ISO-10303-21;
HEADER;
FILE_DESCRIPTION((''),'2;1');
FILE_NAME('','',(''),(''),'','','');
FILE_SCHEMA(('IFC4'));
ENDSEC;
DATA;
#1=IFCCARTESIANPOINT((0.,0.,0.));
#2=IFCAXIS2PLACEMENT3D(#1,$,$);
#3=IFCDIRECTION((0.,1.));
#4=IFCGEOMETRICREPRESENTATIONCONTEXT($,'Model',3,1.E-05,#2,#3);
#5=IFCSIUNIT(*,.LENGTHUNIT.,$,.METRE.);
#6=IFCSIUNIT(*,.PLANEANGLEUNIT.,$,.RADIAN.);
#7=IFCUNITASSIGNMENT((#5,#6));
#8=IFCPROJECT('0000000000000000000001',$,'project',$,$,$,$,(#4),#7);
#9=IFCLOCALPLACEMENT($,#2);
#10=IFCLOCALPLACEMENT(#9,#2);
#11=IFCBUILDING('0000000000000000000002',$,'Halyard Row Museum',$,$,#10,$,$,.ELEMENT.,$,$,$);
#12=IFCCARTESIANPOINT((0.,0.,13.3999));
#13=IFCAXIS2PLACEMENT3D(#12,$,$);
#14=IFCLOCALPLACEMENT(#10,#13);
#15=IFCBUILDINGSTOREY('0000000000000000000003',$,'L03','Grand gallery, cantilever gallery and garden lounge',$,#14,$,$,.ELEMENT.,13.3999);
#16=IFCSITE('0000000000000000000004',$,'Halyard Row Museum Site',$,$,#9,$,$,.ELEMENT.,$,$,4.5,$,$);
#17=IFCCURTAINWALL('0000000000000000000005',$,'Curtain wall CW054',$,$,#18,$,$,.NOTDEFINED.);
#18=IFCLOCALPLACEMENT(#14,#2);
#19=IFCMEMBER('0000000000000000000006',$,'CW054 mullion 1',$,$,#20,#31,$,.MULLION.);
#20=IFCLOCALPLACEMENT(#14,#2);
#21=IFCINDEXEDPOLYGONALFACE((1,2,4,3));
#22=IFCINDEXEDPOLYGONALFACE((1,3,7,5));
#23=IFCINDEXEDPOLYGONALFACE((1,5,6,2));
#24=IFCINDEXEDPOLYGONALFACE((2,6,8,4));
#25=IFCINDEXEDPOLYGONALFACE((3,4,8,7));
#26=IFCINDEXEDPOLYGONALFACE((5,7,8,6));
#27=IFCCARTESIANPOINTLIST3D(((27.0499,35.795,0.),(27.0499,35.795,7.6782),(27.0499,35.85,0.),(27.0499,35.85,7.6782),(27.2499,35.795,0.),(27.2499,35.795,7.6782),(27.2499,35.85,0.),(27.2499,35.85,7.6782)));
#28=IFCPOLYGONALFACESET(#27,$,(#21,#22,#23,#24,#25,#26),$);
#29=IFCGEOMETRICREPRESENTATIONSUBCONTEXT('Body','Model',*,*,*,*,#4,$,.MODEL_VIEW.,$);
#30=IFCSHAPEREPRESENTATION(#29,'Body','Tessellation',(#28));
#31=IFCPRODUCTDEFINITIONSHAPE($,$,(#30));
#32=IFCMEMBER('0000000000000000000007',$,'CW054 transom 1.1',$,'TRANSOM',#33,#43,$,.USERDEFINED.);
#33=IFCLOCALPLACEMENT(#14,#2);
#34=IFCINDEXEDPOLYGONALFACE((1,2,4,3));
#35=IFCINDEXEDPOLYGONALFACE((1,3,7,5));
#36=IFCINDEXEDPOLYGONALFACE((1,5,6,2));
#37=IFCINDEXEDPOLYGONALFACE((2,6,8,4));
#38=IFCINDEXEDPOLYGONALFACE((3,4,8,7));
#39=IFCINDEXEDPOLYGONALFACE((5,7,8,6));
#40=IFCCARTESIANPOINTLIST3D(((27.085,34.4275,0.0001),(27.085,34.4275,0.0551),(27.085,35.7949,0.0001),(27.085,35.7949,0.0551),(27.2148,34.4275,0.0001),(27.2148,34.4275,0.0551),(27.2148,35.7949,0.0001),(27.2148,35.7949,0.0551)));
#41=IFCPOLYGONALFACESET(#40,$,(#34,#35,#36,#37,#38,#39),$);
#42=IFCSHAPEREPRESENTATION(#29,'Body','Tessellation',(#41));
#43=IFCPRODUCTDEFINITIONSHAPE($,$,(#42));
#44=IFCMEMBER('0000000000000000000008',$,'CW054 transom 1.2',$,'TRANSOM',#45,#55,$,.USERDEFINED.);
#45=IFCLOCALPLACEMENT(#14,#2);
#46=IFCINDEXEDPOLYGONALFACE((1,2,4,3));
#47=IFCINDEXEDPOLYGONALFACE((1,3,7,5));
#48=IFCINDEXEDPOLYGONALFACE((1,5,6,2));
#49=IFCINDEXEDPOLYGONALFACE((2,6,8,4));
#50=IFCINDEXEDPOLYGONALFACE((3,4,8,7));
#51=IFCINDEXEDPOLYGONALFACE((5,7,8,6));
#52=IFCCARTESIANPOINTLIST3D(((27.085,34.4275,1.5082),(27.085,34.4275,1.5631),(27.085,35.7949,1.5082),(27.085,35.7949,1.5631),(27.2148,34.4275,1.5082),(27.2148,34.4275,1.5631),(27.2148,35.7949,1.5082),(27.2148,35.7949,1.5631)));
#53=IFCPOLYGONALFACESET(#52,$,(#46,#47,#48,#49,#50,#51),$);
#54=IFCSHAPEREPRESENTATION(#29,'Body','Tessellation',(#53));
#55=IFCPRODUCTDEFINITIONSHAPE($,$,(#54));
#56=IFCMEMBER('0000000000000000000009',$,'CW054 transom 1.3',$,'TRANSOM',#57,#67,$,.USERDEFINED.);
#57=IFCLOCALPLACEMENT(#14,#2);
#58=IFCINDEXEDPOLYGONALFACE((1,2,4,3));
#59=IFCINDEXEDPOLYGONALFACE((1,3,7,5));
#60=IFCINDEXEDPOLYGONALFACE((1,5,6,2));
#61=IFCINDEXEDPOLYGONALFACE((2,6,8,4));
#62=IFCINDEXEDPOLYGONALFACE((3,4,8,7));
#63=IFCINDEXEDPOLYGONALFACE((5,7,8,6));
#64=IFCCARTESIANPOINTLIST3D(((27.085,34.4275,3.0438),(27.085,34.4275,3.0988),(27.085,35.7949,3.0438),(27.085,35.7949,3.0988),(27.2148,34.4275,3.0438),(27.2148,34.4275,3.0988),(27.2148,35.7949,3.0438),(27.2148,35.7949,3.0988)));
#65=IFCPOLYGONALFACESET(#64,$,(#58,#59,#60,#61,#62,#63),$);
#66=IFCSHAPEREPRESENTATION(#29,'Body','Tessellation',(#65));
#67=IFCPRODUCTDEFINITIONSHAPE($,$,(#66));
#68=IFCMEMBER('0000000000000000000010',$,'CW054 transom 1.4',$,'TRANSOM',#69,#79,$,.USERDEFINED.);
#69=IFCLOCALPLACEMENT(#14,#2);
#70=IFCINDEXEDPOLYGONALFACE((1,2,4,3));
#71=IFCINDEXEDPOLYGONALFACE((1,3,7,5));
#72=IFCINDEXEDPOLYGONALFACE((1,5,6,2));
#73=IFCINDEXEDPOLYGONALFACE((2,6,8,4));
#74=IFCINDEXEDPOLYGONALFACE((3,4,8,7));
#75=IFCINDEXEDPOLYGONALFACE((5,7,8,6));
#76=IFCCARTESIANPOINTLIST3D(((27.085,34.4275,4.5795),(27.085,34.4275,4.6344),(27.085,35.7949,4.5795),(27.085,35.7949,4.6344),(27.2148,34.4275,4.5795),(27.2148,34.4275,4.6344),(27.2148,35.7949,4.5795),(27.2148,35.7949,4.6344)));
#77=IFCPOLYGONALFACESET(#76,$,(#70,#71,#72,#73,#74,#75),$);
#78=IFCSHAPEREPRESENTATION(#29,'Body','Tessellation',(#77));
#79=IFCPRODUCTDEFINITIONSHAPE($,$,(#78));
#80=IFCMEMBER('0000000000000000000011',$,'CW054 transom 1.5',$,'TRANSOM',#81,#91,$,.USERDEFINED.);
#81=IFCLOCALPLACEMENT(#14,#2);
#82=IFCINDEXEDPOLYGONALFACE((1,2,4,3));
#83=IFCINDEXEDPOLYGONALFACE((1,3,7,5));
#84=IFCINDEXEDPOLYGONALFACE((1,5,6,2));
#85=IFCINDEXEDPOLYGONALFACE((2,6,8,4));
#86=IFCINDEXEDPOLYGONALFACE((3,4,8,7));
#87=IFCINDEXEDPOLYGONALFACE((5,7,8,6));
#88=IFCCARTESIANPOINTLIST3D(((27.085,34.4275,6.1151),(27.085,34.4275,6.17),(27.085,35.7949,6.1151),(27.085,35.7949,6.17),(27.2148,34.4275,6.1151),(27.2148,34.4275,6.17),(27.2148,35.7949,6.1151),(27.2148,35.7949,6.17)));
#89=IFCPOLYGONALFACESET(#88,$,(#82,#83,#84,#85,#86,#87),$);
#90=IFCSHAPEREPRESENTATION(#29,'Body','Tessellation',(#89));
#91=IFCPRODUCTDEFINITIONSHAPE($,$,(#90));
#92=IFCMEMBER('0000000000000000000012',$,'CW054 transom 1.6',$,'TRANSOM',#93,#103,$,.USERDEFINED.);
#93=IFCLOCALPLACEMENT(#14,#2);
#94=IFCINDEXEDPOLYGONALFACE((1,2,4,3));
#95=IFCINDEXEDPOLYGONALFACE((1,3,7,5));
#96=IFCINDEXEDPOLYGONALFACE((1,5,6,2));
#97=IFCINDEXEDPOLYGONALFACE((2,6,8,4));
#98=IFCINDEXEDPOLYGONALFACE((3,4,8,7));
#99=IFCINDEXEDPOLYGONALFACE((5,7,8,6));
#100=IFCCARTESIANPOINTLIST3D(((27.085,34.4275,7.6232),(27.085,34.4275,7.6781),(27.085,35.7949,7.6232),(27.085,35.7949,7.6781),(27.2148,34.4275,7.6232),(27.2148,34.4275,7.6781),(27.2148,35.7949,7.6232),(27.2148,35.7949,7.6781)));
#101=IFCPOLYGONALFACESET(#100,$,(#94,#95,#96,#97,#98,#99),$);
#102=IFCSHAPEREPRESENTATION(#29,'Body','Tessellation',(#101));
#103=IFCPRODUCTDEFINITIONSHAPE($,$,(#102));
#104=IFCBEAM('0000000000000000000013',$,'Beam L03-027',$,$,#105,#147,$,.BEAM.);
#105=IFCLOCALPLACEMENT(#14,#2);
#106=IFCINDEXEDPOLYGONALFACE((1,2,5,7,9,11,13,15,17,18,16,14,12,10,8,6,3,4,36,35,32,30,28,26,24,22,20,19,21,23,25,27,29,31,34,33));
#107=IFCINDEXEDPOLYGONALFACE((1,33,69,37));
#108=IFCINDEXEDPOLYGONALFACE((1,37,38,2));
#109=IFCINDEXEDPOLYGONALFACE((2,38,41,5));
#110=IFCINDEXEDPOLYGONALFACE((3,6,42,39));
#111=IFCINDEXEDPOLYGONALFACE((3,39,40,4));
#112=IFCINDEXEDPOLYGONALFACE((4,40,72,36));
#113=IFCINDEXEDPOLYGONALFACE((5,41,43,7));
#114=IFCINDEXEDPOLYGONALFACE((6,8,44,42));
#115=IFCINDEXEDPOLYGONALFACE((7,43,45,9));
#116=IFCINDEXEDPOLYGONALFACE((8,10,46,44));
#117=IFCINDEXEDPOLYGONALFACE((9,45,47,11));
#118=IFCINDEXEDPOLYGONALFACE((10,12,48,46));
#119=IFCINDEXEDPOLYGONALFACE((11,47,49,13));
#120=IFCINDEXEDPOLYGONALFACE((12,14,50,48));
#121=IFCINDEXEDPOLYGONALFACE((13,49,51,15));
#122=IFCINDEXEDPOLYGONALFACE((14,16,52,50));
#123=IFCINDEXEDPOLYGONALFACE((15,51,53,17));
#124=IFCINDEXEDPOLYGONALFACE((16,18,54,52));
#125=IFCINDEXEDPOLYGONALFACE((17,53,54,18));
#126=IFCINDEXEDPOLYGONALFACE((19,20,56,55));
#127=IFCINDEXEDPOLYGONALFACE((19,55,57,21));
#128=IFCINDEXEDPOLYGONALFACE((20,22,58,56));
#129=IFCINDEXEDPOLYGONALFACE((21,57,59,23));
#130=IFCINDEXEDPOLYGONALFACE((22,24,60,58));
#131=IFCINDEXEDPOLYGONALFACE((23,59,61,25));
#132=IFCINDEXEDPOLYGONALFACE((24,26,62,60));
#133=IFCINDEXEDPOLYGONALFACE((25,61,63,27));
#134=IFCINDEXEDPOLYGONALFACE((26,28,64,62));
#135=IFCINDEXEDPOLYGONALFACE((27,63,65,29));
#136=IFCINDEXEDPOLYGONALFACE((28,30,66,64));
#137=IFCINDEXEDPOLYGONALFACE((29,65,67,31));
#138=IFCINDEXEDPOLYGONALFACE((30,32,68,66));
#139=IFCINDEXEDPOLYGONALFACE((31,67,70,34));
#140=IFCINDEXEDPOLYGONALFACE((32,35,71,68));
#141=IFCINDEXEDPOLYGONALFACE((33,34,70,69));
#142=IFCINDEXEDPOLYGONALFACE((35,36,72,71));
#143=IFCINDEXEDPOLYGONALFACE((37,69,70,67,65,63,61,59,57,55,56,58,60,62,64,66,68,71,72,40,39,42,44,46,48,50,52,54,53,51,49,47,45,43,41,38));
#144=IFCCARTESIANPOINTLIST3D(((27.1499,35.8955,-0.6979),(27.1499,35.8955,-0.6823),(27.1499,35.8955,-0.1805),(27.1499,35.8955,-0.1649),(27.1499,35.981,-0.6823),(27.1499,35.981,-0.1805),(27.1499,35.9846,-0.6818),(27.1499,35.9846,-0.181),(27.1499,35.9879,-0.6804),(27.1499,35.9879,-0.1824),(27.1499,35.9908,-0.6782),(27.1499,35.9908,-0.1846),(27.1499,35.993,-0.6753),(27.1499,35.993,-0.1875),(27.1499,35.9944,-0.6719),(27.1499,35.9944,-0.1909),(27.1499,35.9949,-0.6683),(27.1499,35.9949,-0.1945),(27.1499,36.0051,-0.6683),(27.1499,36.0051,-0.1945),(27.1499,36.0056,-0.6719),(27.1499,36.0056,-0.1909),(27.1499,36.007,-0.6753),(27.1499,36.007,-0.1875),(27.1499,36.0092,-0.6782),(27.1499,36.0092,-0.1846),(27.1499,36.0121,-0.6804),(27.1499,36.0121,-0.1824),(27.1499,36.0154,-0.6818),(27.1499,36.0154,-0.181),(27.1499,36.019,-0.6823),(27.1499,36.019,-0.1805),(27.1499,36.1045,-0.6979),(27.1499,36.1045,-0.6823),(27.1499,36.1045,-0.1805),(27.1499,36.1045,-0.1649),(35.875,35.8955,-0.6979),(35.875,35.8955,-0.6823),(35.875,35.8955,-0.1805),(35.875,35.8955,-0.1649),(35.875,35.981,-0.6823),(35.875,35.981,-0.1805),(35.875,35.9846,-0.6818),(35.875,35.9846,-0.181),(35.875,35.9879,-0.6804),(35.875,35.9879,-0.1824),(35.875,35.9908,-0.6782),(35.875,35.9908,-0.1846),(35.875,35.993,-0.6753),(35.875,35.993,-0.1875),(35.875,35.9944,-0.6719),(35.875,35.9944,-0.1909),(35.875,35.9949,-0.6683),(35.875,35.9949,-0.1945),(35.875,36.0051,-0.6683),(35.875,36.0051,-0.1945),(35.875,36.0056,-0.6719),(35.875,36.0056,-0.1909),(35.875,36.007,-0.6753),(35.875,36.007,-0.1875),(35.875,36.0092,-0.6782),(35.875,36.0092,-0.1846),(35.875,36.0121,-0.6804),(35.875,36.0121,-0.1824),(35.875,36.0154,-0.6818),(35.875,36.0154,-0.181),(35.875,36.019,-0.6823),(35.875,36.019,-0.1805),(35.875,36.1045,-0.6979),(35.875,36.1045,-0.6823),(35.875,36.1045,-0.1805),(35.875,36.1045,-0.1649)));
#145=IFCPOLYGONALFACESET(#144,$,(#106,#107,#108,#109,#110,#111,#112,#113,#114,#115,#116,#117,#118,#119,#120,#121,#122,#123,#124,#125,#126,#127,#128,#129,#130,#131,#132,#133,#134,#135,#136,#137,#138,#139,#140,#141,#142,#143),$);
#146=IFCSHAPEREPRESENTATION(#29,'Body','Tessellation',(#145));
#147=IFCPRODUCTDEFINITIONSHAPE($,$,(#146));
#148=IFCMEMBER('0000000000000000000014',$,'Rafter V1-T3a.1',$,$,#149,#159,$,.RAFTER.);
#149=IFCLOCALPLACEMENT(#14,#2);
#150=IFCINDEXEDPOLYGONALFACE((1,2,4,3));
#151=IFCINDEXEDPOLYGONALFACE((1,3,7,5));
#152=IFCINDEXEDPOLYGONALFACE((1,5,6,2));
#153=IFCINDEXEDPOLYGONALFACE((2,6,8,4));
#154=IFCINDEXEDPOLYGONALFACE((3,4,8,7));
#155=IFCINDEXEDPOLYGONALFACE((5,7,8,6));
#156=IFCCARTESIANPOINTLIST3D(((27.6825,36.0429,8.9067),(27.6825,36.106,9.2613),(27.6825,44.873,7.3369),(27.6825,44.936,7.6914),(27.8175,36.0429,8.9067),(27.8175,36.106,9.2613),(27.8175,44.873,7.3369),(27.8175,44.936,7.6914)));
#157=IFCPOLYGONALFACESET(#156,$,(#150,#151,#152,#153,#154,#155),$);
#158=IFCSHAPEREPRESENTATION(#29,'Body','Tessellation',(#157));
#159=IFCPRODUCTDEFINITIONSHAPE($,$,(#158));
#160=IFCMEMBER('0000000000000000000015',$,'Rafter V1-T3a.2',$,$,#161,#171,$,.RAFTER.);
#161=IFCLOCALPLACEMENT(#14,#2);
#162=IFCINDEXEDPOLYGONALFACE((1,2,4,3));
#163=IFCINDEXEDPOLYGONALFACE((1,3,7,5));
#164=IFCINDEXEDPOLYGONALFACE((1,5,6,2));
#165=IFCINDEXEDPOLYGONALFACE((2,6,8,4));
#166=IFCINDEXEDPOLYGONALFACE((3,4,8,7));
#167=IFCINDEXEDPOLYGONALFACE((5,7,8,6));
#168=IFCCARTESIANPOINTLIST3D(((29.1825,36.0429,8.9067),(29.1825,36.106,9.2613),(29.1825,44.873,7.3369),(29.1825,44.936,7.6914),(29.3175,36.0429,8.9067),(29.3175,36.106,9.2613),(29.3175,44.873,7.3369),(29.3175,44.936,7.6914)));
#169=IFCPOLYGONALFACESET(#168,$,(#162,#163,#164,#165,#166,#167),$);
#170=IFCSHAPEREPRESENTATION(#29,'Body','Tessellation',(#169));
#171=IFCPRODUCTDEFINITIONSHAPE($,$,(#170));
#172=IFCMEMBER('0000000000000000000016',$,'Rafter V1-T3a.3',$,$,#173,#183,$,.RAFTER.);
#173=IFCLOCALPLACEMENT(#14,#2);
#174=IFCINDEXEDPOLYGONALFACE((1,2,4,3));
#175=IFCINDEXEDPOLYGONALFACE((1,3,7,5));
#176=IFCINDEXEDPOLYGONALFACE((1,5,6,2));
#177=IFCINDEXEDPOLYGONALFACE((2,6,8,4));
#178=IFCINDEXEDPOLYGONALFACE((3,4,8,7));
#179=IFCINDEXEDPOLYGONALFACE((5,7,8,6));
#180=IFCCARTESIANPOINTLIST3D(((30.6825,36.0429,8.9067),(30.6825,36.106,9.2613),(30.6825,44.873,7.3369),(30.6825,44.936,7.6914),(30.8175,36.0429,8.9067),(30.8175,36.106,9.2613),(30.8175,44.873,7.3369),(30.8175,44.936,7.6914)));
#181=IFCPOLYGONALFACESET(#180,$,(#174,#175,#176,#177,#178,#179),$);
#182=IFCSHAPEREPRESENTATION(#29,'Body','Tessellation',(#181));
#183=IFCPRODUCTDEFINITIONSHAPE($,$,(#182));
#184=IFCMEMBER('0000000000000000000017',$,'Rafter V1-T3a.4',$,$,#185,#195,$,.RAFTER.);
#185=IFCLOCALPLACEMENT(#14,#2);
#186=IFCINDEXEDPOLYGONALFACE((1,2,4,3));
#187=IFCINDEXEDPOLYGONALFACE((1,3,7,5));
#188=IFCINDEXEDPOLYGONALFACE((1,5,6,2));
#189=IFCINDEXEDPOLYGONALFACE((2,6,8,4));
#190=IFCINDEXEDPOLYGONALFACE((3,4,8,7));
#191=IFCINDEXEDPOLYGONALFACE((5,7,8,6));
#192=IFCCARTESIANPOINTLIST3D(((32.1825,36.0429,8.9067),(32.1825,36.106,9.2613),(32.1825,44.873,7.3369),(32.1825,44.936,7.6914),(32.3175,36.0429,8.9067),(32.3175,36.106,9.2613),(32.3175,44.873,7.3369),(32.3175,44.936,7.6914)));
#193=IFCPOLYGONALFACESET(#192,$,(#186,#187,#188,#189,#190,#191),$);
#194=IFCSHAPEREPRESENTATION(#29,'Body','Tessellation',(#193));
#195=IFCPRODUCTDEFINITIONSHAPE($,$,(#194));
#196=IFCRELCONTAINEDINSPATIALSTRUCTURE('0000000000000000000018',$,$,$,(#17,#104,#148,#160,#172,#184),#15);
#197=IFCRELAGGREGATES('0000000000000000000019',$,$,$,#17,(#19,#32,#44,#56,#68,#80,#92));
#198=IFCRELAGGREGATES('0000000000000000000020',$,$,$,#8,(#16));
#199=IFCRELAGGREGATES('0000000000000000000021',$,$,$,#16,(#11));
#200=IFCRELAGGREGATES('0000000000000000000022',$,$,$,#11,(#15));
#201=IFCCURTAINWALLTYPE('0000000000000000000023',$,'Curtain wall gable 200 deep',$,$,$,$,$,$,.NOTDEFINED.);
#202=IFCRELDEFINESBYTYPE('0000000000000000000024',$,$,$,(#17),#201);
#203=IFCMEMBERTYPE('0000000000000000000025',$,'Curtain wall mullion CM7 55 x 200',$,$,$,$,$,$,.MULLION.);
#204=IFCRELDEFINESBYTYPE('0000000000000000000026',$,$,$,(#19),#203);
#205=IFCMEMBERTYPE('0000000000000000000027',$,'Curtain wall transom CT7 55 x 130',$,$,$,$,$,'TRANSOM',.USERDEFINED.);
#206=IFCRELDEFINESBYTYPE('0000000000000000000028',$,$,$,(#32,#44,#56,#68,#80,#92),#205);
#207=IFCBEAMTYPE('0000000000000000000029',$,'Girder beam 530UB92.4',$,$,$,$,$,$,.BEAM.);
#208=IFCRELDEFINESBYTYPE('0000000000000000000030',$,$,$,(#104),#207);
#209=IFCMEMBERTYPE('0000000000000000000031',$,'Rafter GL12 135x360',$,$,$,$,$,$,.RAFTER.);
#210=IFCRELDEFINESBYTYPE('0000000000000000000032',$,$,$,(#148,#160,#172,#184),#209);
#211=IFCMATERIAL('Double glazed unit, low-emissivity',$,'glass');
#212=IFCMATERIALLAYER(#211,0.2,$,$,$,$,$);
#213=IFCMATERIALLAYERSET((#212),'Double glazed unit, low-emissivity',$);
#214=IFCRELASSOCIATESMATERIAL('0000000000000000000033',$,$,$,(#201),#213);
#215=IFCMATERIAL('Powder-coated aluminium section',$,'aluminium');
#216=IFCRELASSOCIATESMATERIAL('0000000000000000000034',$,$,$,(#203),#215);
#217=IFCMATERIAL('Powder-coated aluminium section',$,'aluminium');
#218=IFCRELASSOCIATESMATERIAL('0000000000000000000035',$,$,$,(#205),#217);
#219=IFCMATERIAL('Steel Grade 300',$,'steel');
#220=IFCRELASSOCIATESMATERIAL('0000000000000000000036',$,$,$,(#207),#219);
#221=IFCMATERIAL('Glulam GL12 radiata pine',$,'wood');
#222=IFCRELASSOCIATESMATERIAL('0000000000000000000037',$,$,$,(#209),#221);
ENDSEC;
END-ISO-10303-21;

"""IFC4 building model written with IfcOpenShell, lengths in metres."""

from ifc_helpers import new_model, si_unit, direction, frame, origin, origin_2d, place, context, subcontext, project, spatial, rectangle, i_section, extrude, material, layer, layer_set, material_profile, profile_set, type_object, element, aggregate, save


model = new_model("IFC4")

# Units and contexts
model_context = context("Model", 3, precision=1e-05, world=origin(), true_north=direction((0.0, 1.0)))
body_context = subcontext(model_context, "Body", "Model", "MODEL_VIEW")
ifc_project = project(units=[si_unit("LENGTHUNIT", "METRE"), si_unit("PLANEANGLEUNIT", "RADIAN")], contexts=[model_context])

# Site, building, storey
site_placement = place(None, origin())
site = spatial("IfcSite", under=ifc_project, at=site_placement, Name="Halyard Row Museum Site", CompositionType="ELEMENT", RefElevation=4.5)
building_placement = place(site_placement, origin())
building = spatial("IfcBuilding", under=site, at=building_placement, Name="Halyard Row Museum", CompositionType="ELEMENT")
storey_placement = place(building_placement, frame((0.0, 0.0, 13.3999)))
storey = spatial("IfcBuildingStorey", under=building, at=storey_placement, Name="L03", Description="Grand gallery, cantilever gallery and garden lounge", CompositionType="ELEMENT", Elevation=13.3999)

# Curtain wall, members
ifc_material_1 = material(Name="Double glazed unit, low-emissivity", Category="glass")
ifc_layer_1 = layer(ifc_material_1, 0.2)
ifc_layer_set_1 = layer_set([ifc_layer_1], Name="Double glazed unit, low-emissivity")
curtain_wall_type = type_object("IfcCurtainWallType", Name="Curtain wall gable 200 deep", PredefinedType="NOTDEFINED", material=ifc_layer_set_1)
curtain_wall_placement = place(storey_placement, origin())
curtain_wall = element("IfcCurtainWall", 1, at=curtain_wall_placement, inside=storey, type_object=curtain_wall_type, Name="Curtain wall CW054", PredefinedType="NOTDEFINED")
ifc_material_2 = material(Name="Powder-coated aluminium section", Category="aluminium")
ifc_material_profile_1 = material_profile(ifc_material_2, rectangle(XDim=0.2, YDim=0.0549, at=origin_2d()), Name="200x55 mullion")
ifc_profile_set_1 = profile_set([ifc_material_profile_1], Name="Powder-coated aluminium section")
member_type_1 = type_object("IfcMemberType", Name="Curtain wall mullion CM7 55 x 200", PredefinedType="MULLION", material=ifc_profile_set_1)
member_1_placement = place(storey_placement, frame((27.1499, 35.8225, 0.0), z_axis=(0.0, 0.0, 1.0), x_axis=(1.0, 0.0, 0.0)))
member_1 = element("IfcMember", 2, at=member_1_placement, type_object=member_type_1, Name="CW054 mullion 1", PredefinedType="MULLION", context=body_context, shape_type="SweptSolid", body=[
    extrude(rectangle(XDim=0.2, YDim=0.0549, at=origin_2d()), origin(), (0.0, 0.0, 1.0), 7.6782),
])
ifc_material_3 = material(Name="Powder-coated aluminium section", Category="aluminium")
ifc_material_profile_2 = material_profile(ifc_material_3, rectangle(XDim=0.1299, YDim=0.0549, at=origin_2d()), Name="130x55 transom")
ifc_profile_set_2 = profile_set([ifc_material_profile_2], Name="Powder-coated aluminium section")
member_type_2 = type_object("IfcMemberType", Name="Curtain wall transom CT7 55 x 130", ElementType="TRANSOM", PredefinedType="USERDEFINED", material=ifc_profile_set_2)
member_2_placement = place(storey_placement, frame((27.1499, 35.7949, 0.0276), z_axis=(0.0, -1.0, 0.0), x_axis=(1.0, 0.0, 0.0)))
member_2 = element("IfcMember", 3, at=member_2_placement, type_object=member_type_2, Name="CW054 transom 1.1", ObjectType="TRANSOM", PredefinedType="USERDEFINED", context=body_context, shape_type="SweptSolid", body=[
    extrude(rectangle(XDim=0.1299, YDim=0.0549, at=origin_2d()), origin(), (0.0, 0.0, 1.0), 1.3674),
])
member_3_placement = place(storey_placement, frame((27.1499, 35.7949, 1.5356), z_axis=(0.0, -1.0, 0.0), x_axis=(1.0, 0.0, 0.0)))
member_3 = element("IfcMember", 4, at=member_3_placement, type_object=member_type_2, Name="CW054 transom 1.2", ObjectType="TRANSOM", PredefinedType="USERDEFINED", context=body_context, shape_type="SweptSolid", body=[
    extrude(rectangle(XDim=0.1299, YDim=0.0549, at=origin_2d()), origin(), (0.0, 0.0, 1.0), 1.3674),
])
member_4_placement = place(storey_placement, frame((27.1499, 35.7949, 3.0713), z_axis=(0.0, -1.0, 0.0), x_axis=(1.0, 0.0, 0.0)))
member_4 = element("IfcMember", 5, at=member_4_placement, type_object=member_type_2, Name="CW054 transom 1.3", ObjectType="TRANSOM", PredefinedType="USERDEFINED", context=body_context, shape_type="SweptSolid", body=[
    extrude(rectangle(XDim=0.1299, YDim=0.0549, at=origin_2d()), origin(), (0.0, 0.0, 1.0), 1.3674),
])
member_5_placement = place(storey_placement, frame((27.1499, 35.7949, 4.6069), z_axis=(0.0, -1.0, 0.0), x_axis=(1.0, 0.0, 0.0)))
member_5 = element("IfcMember", 6, at=member_5_placement, type_object=member_type_2, Name="CW054 transom 1.4", ObjectType="TRANSOM", PredefinedType="USERDEFINED", context=body_context, shape_type="SweptSolid", body=[
    extrude(rectangle(XDim=0.1299, YDim=0.0549, at=origin_2d()), origin(), (0.0, 0.0, 1.0), 1.3674),
])
member_6_placement = place(storey_placement, frame((27.1499, 35.7949, 6.1426), z_axis=(0.0, -1.0, 0.0), x_axis=(1.0, 0.0, 0.0)))
member_6 = element("IfcMember", 7, at=member_6_placement, type_object=member_type_2, Name="CW054 transom 1.5", ObjectType="TRANSOM", PredefinedType="USERDEFINED", context=body_context, shape_type="SweptSolid", body=[
    extrude(rectangle(XDim=0.1299, YDim=0.0549, at=origin_2d()), origin(), (0.0, 0.0, 1.0), 1.3674),
])
member_7_placement = place(storey_placement, frame((27.1499, 35.7949, 7.6506), z_axis=(0.0, -1.0, 0.0), x_axis=(1.0, 0.0, 0.0)))
member_7 = element("IfcMember", 8, at=member_7_placement, type_object=member_type_2, Name="CW054 transom 1.6", ObjectType="TRANSOM", PredefinedType="USERDEFINED", context=body_context, shape_type="SweptSolid", body=[
    extrude(rectangle(XDim=0.1299, YDim=0.0549, at=origin_2d()), origin(), (0.0, 0.0, 1.0), 1.3674),
])

# Beam
ifc_material_4 = material(Name="Steel Grade 300", Category="steel")
ifc_material_profile_3 = material_profile(ifc_material_4, i_section(OverallWidth=0.209, OverallDepth=0.533, WebThickness=0.0103, FlangeThickness=0.0156, FilletRadius=0.0139, at=origin_2d()), Name="530UB92.4")
ifc_profile_set_3 = profile_set([ifc_material_profile_3], Name="Steel Grade 300")
beam_type_1 = type_object("IfcBeamType", Name="Girder beam 530UB92.4", PredefinedType="BEAM", material=ifc_profile_set_3)
beam_placement = place(storey_placement, frame((27.1499, 36.0, -0.4314), z_axis=(1.0, 0.0, 0.0), x_axis=(0.0, 1.0, 0.0)))
element("IfcBeam", 9, at=beam_placement, inside=storey, type_object=beam_type_1, Name="Beam L03-027", PredefinedType="BEAM", context=body_context, shape_type="SweptSolid", body=[
    extrude(i_section(OverallWidth=0.209, OverallDepth=0.533, WebThickness=0.0103, FlangeThickness=0.0156, FilletRadius=0.0139, at=origin_2d()), origin(), (0.0, 0.0, 1.0), 8.7251),
])

# Members
ifc_material_5 = material(Name="Glulam GL12 radiata pine", Category="wood")
ifc_material_profile_4 = material_profile(ifc_material_5, rectangle(XDim=0.135, YDim=0.3601, at=origin_2d()), Name="GL12 135x360")
ifc_profile_set_4 = profile_set([ifc_material_profile_4], Name="Glulam GL12 radiata pine")
member_type_3 = type_object("IfcMemberType", Name="Rafter GL12 135x360", PredefinedType="RAFTER", material=ifc_profile_set_4)
for number, where, z_axis, x_axis, name in (
    (10, (27.75, 36.0745, 9.084), (0.0, 0.984562, -0.175037), (-1.0, 0.0, 0.0), "Rafter V1-T3a.1"),
    (11, (29.25, 36.0745, 9.084), (0.0, 0.984562, -0.175037), (-1.0, 0.0, 0.0), "Rafter V1-T3a.2"),
    (12, (30.75, 36.0745, 9.084), (0.0, 0.984562, -0.175037), (-1.0, 0.0, 0.0), "Rafter V1-T3a.3"),
    (13, (32.25, 36.0745, 9.084), (0.0, 0.984562, -0.175037), (-1.0, 0.0, 0.0), "Rafter V1-T3a.4"),
):
    element("IfcMember", number, at=place(storey_placement, frame(where, z_axis=z_axis, x_axis=x_axis)), inside=storey, type_object=member_type_3, Name=name, PredefinedType="RAFTER", context=body_context, shape_type="SweptSolid", body=[
        extrude(rectangle(XDim=0.135, YDim=0.3601, at=origin_2d()), origin(), (0.0, 0.0, 1.0), 8.9685),
    ])

aggregate(curtain_wall, [member_1, member_2, member_3, member_4, member_5, member_6, member_7])

save(model, "model.ifc")
